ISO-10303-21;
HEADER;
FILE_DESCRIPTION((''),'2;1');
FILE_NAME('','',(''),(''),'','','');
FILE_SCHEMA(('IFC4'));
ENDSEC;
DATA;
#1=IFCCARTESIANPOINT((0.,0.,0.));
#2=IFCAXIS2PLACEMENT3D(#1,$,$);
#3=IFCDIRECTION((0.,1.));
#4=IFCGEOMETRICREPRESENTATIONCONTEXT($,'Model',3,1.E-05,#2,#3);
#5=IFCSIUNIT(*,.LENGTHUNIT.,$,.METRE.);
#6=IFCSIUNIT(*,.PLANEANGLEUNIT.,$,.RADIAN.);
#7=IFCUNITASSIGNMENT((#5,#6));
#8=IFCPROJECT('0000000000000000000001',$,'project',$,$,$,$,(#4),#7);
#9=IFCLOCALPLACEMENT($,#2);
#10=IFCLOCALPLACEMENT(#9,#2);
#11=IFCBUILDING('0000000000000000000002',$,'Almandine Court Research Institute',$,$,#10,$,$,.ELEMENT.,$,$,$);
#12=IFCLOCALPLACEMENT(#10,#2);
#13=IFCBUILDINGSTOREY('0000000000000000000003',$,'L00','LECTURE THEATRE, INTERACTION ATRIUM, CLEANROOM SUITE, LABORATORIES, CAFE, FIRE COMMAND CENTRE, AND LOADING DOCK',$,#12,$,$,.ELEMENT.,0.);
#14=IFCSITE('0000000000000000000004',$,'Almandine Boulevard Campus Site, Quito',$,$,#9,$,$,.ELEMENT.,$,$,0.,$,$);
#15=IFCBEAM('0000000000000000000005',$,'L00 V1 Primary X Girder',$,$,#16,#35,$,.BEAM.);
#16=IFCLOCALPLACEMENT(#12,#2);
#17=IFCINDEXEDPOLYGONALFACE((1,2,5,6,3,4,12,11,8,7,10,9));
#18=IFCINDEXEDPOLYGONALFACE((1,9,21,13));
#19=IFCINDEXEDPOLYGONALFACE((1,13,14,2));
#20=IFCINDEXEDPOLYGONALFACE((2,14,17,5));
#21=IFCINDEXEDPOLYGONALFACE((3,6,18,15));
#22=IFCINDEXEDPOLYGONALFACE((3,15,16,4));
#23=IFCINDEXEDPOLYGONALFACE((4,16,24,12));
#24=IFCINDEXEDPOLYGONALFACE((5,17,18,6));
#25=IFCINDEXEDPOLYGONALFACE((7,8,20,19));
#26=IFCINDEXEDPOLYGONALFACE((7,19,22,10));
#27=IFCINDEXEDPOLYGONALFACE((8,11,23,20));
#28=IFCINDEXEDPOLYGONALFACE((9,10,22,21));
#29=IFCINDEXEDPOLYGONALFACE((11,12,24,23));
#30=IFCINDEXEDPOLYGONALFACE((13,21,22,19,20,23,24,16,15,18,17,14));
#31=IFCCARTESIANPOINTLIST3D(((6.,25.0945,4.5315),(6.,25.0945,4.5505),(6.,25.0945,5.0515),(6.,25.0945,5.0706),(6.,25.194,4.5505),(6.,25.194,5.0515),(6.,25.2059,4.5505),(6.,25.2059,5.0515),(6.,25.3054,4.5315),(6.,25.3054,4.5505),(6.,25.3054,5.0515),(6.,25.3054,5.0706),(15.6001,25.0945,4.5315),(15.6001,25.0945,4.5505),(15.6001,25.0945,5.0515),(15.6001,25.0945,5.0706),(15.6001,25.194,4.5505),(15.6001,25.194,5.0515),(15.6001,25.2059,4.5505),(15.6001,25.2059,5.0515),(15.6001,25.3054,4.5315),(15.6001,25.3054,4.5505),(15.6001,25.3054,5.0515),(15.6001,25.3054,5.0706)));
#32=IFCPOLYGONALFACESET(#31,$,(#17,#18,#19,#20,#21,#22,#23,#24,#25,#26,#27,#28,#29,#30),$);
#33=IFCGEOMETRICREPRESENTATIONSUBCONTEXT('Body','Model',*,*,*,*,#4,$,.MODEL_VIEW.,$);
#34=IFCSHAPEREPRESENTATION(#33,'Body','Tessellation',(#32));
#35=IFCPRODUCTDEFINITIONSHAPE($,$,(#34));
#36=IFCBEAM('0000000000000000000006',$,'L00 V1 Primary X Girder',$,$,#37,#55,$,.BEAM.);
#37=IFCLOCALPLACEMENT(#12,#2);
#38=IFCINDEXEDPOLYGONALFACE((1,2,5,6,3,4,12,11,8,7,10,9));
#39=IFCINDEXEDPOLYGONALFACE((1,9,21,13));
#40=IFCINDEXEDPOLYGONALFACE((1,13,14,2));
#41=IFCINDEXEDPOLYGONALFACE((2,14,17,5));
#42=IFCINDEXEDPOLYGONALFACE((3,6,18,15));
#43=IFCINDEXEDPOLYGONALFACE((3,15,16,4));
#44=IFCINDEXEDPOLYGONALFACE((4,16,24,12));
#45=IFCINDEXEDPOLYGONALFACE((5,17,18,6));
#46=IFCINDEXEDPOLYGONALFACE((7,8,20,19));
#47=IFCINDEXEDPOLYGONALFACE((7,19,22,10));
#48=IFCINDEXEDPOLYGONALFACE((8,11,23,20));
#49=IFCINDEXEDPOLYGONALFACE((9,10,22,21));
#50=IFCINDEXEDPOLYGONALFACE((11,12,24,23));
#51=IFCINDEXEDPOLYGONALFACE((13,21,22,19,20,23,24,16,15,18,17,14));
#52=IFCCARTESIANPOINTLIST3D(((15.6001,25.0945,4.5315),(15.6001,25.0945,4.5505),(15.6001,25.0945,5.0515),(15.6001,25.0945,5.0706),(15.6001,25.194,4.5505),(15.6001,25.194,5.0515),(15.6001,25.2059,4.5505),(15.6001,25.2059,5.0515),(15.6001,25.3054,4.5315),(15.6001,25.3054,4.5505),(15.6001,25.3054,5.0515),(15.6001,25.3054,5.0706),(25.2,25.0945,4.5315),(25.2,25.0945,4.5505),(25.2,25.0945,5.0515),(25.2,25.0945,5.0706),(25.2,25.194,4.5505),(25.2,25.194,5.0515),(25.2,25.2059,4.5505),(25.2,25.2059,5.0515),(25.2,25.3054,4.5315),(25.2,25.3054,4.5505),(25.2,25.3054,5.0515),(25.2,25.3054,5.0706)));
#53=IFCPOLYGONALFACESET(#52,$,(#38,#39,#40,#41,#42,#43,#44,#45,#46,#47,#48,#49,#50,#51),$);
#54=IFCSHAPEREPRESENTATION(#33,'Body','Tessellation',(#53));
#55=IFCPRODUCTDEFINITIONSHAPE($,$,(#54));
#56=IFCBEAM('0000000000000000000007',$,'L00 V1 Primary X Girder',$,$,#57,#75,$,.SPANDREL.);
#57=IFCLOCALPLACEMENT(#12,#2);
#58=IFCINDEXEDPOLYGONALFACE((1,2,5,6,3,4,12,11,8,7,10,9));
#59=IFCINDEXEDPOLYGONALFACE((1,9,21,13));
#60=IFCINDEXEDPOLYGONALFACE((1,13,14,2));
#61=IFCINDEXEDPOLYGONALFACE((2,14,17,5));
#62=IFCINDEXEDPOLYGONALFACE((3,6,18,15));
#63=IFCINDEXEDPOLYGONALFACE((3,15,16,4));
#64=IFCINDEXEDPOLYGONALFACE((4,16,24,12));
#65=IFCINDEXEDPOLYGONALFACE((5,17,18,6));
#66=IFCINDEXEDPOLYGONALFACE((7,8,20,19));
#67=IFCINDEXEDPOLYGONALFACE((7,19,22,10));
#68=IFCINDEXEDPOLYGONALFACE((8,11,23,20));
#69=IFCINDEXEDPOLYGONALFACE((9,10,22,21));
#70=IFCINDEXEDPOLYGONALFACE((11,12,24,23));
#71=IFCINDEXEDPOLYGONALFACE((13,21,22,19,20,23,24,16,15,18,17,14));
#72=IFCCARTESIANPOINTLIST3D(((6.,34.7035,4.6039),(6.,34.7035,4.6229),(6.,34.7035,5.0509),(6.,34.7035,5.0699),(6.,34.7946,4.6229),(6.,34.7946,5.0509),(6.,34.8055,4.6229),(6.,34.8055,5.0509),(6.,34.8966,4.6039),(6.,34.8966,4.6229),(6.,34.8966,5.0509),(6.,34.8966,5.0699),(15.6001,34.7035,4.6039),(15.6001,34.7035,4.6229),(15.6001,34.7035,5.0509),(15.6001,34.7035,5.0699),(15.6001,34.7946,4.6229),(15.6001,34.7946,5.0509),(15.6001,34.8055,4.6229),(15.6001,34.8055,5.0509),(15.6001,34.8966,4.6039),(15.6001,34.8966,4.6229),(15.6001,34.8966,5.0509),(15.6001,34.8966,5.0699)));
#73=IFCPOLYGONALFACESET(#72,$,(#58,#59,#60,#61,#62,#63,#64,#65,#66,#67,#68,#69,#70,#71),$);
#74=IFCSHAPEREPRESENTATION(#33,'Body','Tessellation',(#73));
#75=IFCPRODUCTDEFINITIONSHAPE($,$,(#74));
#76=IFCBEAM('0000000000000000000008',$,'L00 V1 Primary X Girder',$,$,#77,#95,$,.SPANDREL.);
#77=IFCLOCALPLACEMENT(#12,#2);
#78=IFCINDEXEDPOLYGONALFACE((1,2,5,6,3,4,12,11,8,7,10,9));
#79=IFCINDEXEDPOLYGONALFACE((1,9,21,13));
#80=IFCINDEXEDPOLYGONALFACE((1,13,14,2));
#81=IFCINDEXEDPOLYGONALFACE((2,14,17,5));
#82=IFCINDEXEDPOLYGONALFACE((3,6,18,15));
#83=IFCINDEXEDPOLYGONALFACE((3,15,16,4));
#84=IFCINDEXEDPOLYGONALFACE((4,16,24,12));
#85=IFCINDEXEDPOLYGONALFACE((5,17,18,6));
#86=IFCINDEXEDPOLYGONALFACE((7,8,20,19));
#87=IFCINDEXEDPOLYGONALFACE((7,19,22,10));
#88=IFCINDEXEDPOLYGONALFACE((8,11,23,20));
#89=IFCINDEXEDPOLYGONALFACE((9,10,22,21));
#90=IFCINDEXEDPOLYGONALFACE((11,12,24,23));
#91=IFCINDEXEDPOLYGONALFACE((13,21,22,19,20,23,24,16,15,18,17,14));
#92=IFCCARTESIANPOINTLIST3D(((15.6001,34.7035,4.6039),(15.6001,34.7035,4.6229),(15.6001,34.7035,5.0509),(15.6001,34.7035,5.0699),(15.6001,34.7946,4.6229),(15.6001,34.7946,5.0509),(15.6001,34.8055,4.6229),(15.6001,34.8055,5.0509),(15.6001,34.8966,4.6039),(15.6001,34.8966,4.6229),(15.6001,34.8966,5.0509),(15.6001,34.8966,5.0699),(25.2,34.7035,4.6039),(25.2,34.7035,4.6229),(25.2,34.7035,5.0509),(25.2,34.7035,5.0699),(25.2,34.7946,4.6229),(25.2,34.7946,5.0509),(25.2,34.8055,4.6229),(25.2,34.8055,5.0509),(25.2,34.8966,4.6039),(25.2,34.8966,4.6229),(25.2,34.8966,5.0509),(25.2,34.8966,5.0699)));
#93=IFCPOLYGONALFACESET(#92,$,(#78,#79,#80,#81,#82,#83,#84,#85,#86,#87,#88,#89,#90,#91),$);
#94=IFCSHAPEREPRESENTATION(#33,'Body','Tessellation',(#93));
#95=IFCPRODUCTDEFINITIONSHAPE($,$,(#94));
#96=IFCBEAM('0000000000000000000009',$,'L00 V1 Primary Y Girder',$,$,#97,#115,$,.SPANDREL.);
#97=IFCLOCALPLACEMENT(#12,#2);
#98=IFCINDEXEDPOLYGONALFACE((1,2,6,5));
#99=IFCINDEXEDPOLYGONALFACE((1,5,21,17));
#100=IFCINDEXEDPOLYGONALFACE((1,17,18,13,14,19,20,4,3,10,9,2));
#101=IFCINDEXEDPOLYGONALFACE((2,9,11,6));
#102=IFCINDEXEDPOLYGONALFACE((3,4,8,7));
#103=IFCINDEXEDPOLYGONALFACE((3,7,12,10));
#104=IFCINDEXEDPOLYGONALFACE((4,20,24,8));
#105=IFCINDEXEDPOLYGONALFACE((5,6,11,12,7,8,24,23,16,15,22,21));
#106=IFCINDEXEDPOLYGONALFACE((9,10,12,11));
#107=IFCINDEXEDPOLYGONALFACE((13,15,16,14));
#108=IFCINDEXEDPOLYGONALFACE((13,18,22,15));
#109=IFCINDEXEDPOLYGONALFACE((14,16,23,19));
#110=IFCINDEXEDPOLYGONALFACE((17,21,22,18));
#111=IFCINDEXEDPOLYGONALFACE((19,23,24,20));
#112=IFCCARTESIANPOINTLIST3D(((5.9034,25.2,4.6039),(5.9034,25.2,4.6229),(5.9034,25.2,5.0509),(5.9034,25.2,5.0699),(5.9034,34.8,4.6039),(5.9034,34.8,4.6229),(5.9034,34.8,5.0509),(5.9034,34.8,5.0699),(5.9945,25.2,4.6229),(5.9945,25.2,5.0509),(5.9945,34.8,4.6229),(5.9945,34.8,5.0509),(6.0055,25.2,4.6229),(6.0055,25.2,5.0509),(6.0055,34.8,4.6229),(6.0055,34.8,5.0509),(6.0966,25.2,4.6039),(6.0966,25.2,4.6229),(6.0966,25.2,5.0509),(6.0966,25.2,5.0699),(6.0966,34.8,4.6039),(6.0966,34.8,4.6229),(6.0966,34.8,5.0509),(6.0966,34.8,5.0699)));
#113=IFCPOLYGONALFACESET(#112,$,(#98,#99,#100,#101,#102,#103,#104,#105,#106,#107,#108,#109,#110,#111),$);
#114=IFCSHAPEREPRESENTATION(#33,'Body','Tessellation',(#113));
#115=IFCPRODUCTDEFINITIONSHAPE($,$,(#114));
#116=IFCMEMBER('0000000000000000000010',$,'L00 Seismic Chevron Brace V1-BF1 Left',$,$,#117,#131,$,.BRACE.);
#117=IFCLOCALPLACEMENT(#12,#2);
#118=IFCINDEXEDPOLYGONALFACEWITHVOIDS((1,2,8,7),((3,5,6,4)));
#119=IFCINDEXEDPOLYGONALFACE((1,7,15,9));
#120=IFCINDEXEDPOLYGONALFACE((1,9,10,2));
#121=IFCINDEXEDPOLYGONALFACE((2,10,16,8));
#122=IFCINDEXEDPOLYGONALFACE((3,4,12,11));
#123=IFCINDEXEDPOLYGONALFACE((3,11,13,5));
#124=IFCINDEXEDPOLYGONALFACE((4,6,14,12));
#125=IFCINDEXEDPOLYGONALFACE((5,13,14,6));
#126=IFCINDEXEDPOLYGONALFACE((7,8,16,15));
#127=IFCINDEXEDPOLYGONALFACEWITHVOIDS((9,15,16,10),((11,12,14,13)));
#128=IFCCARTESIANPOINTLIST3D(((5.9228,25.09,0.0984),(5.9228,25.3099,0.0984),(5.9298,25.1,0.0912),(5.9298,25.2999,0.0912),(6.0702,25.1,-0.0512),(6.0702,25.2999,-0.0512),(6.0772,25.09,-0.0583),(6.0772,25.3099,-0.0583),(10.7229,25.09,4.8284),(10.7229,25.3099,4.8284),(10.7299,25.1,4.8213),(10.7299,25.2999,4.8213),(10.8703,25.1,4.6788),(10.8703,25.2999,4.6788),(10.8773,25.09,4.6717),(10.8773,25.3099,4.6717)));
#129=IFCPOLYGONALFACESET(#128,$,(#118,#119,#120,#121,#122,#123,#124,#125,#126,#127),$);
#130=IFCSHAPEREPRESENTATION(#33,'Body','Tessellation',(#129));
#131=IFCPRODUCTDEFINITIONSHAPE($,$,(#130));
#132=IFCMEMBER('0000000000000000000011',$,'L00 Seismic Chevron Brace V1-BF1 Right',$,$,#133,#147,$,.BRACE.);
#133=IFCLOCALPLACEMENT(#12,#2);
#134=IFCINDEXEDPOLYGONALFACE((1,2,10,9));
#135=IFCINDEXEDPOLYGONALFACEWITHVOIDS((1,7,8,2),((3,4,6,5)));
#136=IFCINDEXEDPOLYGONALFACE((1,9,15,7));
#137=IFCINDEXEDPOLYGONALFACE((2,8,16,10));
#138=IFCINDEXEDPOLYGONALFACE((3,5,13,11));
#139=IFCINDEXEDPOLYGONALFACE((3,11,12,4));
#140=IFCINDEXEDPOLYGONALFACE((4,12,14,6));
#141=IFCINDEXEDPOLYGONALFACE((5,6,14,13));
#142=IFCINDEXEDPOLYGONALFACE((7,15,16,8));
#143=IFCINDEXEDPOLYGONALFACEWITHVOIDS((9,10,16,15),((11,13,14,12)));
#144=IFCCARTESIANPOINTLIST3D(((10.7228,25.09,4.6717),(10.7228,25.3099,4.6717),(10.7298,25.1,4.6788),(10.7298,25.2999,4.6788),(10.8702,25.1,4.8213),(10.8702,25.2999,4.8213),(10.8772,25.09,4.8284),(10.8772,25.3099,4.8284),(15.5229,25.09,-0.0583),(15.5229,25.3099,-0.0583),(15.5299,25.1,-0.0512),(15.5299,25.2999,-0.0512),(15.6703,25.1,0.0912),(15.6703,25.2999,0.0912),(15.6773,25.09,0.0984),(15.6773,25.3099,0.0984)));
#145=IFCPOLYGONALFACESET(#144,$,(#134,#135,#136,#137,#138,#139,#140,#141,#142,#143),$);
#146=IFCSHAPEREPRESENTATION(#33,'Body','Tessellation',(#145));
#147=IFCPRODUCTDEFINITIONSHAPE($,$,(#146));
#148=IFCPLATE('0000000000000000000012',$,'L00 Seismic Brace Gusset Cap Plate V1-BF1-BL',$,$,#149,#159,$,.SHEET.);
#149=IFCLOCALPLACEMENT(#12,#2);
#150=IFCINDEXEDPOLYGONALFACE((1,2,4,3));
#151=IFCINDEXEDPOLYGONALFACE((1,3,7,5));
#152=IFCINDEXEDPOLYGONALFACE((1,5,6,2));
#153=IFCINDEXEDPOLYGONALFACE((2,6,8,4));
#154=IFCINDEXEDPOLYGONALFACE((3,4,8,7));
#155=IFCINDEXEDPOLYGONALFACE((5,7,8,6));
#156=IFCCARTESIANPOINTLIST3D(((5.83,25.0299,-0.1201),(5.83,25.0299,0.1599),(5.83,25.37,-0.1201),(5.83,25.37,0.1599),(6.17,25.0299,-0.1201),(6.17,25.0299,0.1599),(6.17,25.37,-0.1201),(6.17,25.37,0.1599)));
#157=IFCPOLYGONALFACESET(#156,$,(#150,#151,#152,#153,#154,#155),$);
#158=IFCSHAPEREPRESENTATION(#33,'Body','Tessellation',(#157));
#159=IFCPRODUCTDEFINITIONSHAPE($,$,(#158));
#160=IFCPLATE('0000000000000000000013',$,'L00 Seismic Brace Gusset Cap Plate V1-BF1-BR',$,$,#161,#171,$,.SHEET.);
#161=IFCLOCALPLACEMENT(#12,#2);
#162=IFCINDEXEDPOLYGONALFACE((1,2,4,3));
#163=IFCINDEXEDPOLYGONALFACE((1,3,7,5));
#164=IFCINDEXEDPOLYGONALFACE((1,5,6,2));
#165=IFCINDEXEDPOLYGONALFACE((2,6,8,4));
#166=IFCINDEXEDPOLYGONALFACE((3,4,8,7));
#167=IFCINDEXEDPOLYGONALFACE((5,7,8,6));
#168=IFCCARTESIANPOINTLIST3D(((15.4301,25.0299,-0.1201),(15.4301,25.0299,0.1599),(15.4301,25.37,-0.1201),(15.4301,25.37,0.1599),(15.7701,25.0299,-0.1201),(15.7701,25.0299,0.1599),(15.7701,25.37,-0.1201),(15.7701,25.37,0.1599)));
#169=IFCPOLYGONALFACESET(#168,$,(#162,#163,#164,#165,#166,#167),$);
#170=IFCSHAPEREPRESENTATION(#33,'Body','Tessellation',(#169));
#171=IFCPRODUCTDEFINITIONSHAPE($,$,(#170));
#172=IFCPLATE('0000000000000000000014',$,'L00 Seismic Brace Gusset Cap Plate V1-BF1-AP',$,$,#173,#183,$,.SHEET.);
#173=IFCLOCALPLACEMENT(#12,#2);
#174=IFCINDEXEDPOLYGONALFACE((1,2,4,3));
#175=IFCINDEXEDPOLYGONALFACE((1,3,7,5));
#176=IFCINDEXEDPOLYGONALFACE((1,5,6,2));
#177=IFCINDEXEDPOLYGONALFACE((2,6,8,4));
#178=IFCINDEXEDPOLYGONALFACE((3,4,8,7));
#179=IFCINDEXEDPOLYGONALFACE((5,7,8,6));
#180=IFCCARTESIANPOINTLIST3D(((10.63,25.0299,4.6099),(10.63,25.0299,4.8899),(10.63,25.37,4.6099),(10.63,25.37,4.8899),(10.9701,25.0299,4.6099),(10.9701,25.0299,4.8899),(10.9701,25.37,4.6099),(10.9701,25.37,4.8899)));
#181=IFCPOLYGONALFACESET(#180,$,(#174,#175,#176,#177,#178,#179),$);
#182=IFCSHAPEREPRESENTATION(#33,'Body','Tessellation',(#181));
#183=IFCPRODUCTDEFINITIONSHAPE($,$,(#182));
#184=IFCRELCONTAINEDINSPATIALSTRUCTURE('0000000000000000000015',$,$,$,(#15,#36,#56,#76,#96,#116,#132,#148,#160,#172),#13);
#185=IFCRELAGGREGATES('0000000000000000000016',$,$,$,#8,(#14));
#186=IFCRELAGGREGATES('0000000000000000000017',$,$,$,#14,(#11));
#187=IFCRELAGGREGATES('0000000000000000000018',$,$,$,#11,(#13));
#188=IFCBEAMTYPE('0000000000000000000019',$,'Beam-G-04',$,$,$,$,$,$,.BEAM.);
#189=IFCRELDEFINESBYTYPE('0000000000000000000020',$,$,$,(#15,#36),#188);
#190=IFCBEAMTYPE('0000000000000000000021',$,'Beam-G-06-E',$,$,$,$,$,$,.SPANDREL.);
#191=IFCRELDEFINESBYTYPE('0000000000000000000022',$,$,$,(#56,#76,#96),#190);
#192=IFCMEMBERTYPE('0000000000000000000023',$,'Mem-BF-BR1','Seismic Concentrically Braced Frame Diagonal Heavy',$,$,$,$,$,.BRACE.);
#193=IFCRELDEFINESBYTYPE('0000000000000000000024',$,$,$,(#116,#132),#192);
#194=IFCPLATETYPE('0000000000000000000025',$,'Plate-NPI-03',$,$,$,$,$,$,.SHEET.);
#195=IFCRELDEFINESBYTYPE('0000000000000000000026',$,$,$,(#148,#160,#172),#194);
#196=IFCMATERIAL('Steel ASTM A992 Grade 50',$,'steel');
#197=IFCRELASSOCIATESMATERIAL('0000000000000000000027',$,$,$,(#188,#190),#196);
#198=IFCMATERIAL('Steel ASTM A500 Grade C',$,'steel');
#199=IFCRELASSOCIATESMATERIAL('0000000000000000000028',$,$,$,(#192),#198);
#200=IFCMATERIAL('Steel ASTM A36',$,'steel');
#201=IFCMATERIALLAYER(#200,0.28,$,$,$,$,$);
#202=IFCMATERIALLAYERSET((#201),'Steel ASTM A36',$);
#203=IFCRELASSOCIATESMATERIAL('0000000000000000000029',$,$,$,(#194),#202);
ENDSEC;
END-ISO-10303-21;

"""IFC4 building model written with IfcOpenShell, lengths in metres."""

from ifc_helpers import new_model, si_unit, direction, frame, origin, origin_2d, place, context, subcontext, project, spatial, rectangle, hollow_rectangle, i_section, extrude, material, layer, layer_set, material_profile, profile_set, type_object, element, save


model = new_model("IFC4")

# Units and contexts
model_context = context("Model", 3, precision=1e-05, world=origin(), true_north=direction((0.0, 1.0)))
body_context = subcontext(model_context, "Body", "Model", "MODEL_VIEW")
ifc_project = project(units=[si_unit("LENGTHUNIT", "METRE"), si_unit("PLANEANGLEUNIT", "RADIAN")], contexts=[model_context])

# Site, building, storey
site_placement = place(None, origin())
site = spatial("IfcSite", under=ifc_project, at=site_placement, Name="Almandine Boulevard Campus Site, Quito", CompositionType="ELEMENT", RefElevation=0.0)
building_placement = place(site_placement, origin())
building = spatial("IfcBuilding", under=site, at=building_placement, Name="Almandine Court Research Institute", CompositionType="ELEMENT")
storey_placement = place(building_placement, origin())
storey = spatial("IfcBuildingStorey", under=building, at=storey_placement, Name="L00", Description="LECTURE THEATRE, INTERACTION ATRIUM, CLEANROOM SUITE, LABORATORIES, CAFE, FIRE COMMAND CENTRE, AND LOADING DOCK", CompositionType="ELEMENT", Elevation=0.0)

# Shared definitions
ifc_material_1 = material(Name="Steel ASTM A992 Grade 50", Category="steel")

# Beams
ifc_material_profile_1 = material_profile(ifc_material_1, i_section(OverallWidth=0.2109, OverallDepth=0.5391, WebThickness=0.012, FlangeThickness=0.019, at=origin_2d()), Name="W530x109")
ifc_profile_set_1 = profile_set([ifc_material_profile_1], Name="Steel ASTM A992 Grade 50")
beam_type_1 = type_object("IfcBeamType", Name="Beam-G-04", PredefinedType="BEAM", material=ifc_profile_set_1)
beam_1_placement = place(storey_placement, frame((6.0, 25.2, 4.801), z_axis=(1.0, 0.0, 0.0), x_axis=(0.0, 1.0, 0.0)))
element("IfcBeam", 1, at=beam_1_placement, inside=storey, type_object=beam_type_1, Name="L00 V1 Primary X Girder", PredefinedType="BEAM", context=body_context, shape_type="SweptSolid", body=[
    extrude(i_section(OverallWidth=0.2109, OverallDepth=0.5391, WebThickness=0.012, FlangeThickness=0.019, at=origin_2d()), origin(), (0.0, 0.0, 1.0), 9.6001),
])
beam_2_placement = place(storey_placement, frame((15.6001, 25.2, 4.801), z_axis=(1.0, 0.0, 0.0), x_axis=(0.0, 1.0, 0.0)))
element("IfcBeam", 2, at=beam_2_placement, inside=storey, type_object=beam_type_1, Name="L00 V1 Primary X Girder", PredefinedType="BEAM", context=body_context, shape_type="SweptSolid", body=[
    extrude(i_section(OverallWidth=0.2109, OverallDepth=0.5391, WebThickness=0.012, FlangeThickness=0.019, at=origin_2d()), origin(), (0.0, 0.0, 1.0), 9.5999),
])
ifc_material_profile_2 = material_profile(ifc_material_1, i_section(OverallWidth=0.1931, OverallDepth=0.4661, WebThickness=0.011, FlangeThickness=0.019, at=origin_2d()), Name="W460x97")
ifc_profile_set_2 = profile_set([ifc_material_profile_2], Name="Steel ASTM A992 Grade 50")
beam_type_2 = type_object("IfcBeamType", Name="Beam-G-06-E", PredefinedType="SPANDREL", material=ifc_profile_set_2)
beam_3_placement = place(storey_placement, frame((6.0, 34.8, 4.8369), z_axis=(1.0, 0.0, 0.0), x_axis=(0.0, 1.0, 0.0)))
element("IfcBeam", 3, at=beam_3_placement, inside=storey, type_object=beam_type_2, Name="L00 V1 Primary X Girder", PredefinedType="SPANDREL", context=body_context, shape_type="SweptSolid", body=[
    extrude(i_section(OverallWidth=0.1931, OverallDepth=0.4661, WebThickness=0.011, FlangeThickness=0.019, at=origin_2d()), origin(), (0.0, 0.0, 1.0), 9.6001),
])
beam_4_placement = place(storey_placement, frame((15.6001, 34.8, 4.8369), z_axis=(1.0, 0.0, 0.0), x_axis=(0.0, 1.0, 0.0)))
element("IfcBeam", 4, at=beam_4_placement, inside=storey, type_object=beam_type_2, Name="L00 V1 Primary X Girder", PredefinedType="SPANDREL", context=body_context, shape_type="SweptSolid", body=[
    extrude(i_section(OverallWidth=0.1931, OverallDepth=0.4661, WebThickness=0.011, FlangeThickness=0.019, at=origin_2d()), origin(), (0.0, 0.0, 1.0), 9.5999),
])
beam_5_placement = place(storey_placement, frame((6.0, 25.2, 4.8369), z_axis=(0.0, 1.0, 0.0), x_axis=(-1.0, 0.0, 0.0)))
element("IfcBeam", 5, at=beam_5_placement, inside=storey, type_object=beam_type_2, Name="L00 V1 Primary Y Girder", PredefinedType="SPANDREL", context=body_context, shape_type="SweptSolid", body=[
    extrude(i_section(OverallWidth=0.1931, OverallDepth=0.4661, WebThickness=0.011, FlangeThickness=0.019, at=origin_2d()), origin(), (0.0, 0.0, 1.0), 9.6001),
])

# Members
ifc_material_2 = material(Name="Steel ASTM A500 Grade C", Category="steel")
ifc_material_profile_3 = material_profile(ifc_material_2, hollow_rectangle(XDim=0.22, YDim=0.22, WallThickness=0.01, at=origin_2d()), Name="HSS 220x220x10")
ifc_profile_set_3 = profile_set([ifc_material_profile_3], Name="Steel ASTM A500 Grade C")
member_type = type_object("IfcMemberType", Name="Mem-BF-BR1", Description="Seismic Concentrically Braced Frame Diagonal Heavy", PredefinedType="BRACE", material=ifc_profile_set_3)
for number, where, z_axis, x_axis, name in (
    (6, (6.0, 25.2, 0.02), (0.712286, 0.0, 0.701889), (0.0, 1.0, 0.0), "L00 Seismic Chevron Brace V1-BF1 Left"),
    (7, (15.6001, 25.2, 0.02), (-0.712286, 0.0, 0.701889), (0.0, -1.0, 0.0), "L00 Seismic Chevron Brace V1-BF1 Right"),
):
    element("IfcMember", number, at=place(storey_placement, frame(where, z_axis=z_axis, x_axis=x_axis)), inside=storey, type_object=member_type, Name=name, PredefinedType="BRACE", context=body_context, shape_type="SweptSolid", body=[
        extrude(hollow_rectangle(XDim=0.22, YDim=0.22, WallThickness=0.01, at=origin_2d()), origin(), (0.0, 0.0, 1.0), 6.739),
    ])

# Plates
ifc_material_3 = material(Name="Steel ASTM A36", Category="steel")
ifc_layer_1 = layer(ifc_material_3, 0.28)
ifc_layer_set_1 = layer_set([ifc_layer_1], Name="Steel ASTM A36")
plate_type = type_object("IfcPlateType", Name="Plate-NPI-03", PredefinedType="SHEET", material=ifc_layer_set_1)
for number, where, z_axis, x_axis, name in (
    (8, (6.0, 25.2, -0.1201), (0.0, 0.0, 1.0), (1.0, 0.0, 0.0), "L00 Seismic Brace Gusset Cap Plate V1-BF1-BL"),
    (9, (15.6001, 25.2, -0.1201), (0.0, 0.0, 1.0), (1.0, 0.0, 0.0), "L00 Seismic Brace Gusset Cap Plate V1-BF1-BR"),
    (10, (10.8, 25.2, 4.6099), (0.0, 0.0, 1.0), (1.0, 0.0, 0.0), "L00 Seismic Brace Gusset Cap Plate V1-BF1-AP"),
):
    element("IfcPlate", number, at=place(storey_placement, frame(where, z_axis=z_axis, x_axis=x_axis)), inside=storey, type_object=plate_type, Name=name, PredefinedType="SHEET", context=body_context, shape_type="SweptSolid", body=[
        extrude(rectangle(XDim=0.3401, YDim=0.3401, at=origin_2d()), origin(), (0.0, 0.0, 1.0), 0.28),
    ])

save(model, "model.ifc")
